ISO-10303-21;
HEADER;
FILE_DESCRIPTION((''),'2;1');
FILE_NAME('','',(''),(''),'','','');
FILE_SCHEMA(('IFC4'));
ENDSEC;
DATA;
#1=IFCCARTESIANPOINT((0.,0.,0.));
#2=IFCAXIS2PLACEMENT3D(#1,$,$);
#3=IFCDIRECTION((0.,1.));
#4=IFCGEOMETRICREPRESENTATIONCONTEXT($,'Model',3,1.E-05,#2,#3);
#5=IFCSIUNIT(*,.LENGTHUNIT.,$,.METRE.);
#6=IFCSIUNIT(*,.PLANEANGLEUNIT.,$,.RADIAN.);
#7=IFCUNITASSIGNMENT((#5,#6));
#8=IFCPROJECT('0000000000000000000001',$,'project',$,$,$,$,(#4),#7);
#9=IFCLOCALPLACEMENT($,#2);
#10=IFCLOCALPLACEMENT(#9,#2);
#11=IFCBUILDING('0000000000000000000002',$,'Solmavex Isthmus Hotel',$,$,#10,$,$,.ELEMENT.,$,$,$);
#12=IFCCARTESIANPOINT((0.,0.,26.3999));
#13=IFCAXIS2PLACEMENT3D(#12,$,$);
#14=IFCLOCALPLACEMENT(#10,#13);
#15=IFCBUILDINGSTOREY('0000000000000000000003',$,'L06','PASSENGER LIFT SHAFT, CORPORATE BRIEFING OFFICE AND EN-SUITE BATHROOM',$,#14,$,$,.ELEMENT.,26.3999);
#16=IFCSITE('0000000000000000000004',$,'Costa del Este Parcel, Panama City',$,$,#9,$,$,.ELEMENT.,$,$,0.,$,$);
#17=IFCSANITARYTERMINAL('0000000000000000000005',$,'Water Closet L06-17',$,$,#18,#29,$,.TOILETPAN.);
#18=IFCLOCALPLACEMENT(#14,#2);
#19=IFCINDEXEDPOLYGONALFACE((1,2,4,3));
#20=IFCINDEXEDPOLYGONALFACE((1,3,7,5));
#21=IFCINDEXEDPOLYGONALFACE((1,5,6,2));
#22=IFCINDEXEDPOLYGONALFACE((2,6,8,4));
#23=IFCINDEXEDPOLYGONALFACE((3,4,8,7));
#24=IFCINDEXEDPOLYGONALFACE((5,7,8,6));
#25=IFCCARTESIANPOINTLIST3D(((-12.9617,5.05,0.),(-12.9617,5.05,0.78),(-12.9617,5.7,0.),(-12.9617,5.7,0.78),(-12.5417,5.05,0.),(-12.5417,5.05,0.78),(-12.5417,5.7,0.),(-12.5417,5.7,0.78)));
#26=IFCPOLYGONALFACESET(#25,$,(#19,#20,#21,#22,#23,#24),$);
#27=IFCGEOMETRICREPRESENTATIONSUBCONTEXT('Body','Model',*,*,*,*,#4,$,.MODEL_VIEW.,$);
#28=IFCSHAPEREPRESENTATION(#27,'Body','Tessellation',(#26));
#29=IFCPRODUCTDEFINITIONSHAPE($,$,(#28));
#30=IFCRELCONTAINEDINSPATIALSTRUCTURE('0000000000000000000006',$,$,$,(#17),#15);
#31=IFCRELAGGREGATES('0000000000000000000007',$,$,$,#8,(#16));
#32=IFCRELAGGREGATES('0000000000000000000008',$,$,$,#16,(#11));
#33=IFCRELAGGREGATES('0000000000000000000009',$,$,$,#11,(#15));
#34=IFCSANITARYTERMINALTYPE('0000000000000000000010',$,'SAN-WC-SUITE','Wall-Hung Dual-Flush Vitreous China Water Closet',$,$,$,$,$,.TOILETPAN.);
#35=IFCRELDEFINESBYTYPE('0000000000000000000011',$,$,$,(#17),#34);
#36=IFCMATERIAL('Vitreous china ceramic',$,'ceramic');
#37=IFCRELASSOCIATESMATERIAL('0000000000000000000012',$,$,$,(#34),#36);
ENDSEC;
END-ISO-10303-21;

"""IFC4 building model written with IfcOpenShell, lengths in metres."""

from ifc_helpers import new_model, si_unit, direction, frame, origin, origin_2d, place, context, subcontext, project, spatial, rectangle, extrude, material, type_object, element, save


model = new_model("IFC4")

# Units and contexts
model_context = context("Model", 3, precision=1e-05, world=origin(), true_north=direction((0.0, 1.0)))
body_context = subcontext(model_context, "Body", "Model", "MODEL_VIEW")
ifc_project = project(units=[si_unit("LENGTHUNIT", "METRE"), si_unit("PLANEANGLEUNIT", "RADIAN")], contexts=[model_context])

# Site, building, storey
site_placement = place(None, origin())
site = spatial("IfcSite", under=ifc_project, at=site_placement, Name="Costa del Este Parcel, Panama City", CompositionType="ELEMENT", RefElevation=0.0)
building_placement = place(site_placement, origin())
building = spatial("IfcBuilding", under=site, at=building_placement, Name="Solmavex Isthmus Hotel", CompositionType="ELEMENT")
storey_placement = place(building_placement, frame((0.0, 0.0, 26.3999)))
storey = spatial("IfcBuildingStorey", under=building, at=storey_placement, Name="L06", Description="PASSENGER LIFT SHAFT, CORPORATE BRIEFING OFFICE AND EN-SUITE BATHROOM", CompositionType="ELEMENT", Elevation=26.3999)

# Sanitary terminal
ifc_material_1 = material(Name="Vitreous china ceramic", Category="ceramic")
sanitary_terminal_type_1 = type_object("IfcSanitaryTerminalType", Name="SAN-WC-SUITE", Description="Wall-Hung Dual-Flush Vitreous China Water Closet", PredefinedType="TOILETPAN", material=ifc_material_1)
sanitary_terminal_1_placement = place(storey_placement, frame((-12.7517, 5.375, 0.0), z_axis=(0.0, 0.0, 1.0), x_axis=(1.0, 0.0, 0.0)))
element("IfcSanitaryTerminal", 1, at=sanitary_terminal_1_placement, inside=storey, type_object=sanitary_terminal_type_1, Name="Water Closet L06-17", PredefinedType="TOILETPAN", context=body_context, shape_type="SweptSolid", body=[
    extrude(rectangle(XDim=0.4199, YDim=0.6499, at=origin_2d()), origin(), (0.0, 0.0, 1.0), 0.78),
])

save(model, "model.ifc")
